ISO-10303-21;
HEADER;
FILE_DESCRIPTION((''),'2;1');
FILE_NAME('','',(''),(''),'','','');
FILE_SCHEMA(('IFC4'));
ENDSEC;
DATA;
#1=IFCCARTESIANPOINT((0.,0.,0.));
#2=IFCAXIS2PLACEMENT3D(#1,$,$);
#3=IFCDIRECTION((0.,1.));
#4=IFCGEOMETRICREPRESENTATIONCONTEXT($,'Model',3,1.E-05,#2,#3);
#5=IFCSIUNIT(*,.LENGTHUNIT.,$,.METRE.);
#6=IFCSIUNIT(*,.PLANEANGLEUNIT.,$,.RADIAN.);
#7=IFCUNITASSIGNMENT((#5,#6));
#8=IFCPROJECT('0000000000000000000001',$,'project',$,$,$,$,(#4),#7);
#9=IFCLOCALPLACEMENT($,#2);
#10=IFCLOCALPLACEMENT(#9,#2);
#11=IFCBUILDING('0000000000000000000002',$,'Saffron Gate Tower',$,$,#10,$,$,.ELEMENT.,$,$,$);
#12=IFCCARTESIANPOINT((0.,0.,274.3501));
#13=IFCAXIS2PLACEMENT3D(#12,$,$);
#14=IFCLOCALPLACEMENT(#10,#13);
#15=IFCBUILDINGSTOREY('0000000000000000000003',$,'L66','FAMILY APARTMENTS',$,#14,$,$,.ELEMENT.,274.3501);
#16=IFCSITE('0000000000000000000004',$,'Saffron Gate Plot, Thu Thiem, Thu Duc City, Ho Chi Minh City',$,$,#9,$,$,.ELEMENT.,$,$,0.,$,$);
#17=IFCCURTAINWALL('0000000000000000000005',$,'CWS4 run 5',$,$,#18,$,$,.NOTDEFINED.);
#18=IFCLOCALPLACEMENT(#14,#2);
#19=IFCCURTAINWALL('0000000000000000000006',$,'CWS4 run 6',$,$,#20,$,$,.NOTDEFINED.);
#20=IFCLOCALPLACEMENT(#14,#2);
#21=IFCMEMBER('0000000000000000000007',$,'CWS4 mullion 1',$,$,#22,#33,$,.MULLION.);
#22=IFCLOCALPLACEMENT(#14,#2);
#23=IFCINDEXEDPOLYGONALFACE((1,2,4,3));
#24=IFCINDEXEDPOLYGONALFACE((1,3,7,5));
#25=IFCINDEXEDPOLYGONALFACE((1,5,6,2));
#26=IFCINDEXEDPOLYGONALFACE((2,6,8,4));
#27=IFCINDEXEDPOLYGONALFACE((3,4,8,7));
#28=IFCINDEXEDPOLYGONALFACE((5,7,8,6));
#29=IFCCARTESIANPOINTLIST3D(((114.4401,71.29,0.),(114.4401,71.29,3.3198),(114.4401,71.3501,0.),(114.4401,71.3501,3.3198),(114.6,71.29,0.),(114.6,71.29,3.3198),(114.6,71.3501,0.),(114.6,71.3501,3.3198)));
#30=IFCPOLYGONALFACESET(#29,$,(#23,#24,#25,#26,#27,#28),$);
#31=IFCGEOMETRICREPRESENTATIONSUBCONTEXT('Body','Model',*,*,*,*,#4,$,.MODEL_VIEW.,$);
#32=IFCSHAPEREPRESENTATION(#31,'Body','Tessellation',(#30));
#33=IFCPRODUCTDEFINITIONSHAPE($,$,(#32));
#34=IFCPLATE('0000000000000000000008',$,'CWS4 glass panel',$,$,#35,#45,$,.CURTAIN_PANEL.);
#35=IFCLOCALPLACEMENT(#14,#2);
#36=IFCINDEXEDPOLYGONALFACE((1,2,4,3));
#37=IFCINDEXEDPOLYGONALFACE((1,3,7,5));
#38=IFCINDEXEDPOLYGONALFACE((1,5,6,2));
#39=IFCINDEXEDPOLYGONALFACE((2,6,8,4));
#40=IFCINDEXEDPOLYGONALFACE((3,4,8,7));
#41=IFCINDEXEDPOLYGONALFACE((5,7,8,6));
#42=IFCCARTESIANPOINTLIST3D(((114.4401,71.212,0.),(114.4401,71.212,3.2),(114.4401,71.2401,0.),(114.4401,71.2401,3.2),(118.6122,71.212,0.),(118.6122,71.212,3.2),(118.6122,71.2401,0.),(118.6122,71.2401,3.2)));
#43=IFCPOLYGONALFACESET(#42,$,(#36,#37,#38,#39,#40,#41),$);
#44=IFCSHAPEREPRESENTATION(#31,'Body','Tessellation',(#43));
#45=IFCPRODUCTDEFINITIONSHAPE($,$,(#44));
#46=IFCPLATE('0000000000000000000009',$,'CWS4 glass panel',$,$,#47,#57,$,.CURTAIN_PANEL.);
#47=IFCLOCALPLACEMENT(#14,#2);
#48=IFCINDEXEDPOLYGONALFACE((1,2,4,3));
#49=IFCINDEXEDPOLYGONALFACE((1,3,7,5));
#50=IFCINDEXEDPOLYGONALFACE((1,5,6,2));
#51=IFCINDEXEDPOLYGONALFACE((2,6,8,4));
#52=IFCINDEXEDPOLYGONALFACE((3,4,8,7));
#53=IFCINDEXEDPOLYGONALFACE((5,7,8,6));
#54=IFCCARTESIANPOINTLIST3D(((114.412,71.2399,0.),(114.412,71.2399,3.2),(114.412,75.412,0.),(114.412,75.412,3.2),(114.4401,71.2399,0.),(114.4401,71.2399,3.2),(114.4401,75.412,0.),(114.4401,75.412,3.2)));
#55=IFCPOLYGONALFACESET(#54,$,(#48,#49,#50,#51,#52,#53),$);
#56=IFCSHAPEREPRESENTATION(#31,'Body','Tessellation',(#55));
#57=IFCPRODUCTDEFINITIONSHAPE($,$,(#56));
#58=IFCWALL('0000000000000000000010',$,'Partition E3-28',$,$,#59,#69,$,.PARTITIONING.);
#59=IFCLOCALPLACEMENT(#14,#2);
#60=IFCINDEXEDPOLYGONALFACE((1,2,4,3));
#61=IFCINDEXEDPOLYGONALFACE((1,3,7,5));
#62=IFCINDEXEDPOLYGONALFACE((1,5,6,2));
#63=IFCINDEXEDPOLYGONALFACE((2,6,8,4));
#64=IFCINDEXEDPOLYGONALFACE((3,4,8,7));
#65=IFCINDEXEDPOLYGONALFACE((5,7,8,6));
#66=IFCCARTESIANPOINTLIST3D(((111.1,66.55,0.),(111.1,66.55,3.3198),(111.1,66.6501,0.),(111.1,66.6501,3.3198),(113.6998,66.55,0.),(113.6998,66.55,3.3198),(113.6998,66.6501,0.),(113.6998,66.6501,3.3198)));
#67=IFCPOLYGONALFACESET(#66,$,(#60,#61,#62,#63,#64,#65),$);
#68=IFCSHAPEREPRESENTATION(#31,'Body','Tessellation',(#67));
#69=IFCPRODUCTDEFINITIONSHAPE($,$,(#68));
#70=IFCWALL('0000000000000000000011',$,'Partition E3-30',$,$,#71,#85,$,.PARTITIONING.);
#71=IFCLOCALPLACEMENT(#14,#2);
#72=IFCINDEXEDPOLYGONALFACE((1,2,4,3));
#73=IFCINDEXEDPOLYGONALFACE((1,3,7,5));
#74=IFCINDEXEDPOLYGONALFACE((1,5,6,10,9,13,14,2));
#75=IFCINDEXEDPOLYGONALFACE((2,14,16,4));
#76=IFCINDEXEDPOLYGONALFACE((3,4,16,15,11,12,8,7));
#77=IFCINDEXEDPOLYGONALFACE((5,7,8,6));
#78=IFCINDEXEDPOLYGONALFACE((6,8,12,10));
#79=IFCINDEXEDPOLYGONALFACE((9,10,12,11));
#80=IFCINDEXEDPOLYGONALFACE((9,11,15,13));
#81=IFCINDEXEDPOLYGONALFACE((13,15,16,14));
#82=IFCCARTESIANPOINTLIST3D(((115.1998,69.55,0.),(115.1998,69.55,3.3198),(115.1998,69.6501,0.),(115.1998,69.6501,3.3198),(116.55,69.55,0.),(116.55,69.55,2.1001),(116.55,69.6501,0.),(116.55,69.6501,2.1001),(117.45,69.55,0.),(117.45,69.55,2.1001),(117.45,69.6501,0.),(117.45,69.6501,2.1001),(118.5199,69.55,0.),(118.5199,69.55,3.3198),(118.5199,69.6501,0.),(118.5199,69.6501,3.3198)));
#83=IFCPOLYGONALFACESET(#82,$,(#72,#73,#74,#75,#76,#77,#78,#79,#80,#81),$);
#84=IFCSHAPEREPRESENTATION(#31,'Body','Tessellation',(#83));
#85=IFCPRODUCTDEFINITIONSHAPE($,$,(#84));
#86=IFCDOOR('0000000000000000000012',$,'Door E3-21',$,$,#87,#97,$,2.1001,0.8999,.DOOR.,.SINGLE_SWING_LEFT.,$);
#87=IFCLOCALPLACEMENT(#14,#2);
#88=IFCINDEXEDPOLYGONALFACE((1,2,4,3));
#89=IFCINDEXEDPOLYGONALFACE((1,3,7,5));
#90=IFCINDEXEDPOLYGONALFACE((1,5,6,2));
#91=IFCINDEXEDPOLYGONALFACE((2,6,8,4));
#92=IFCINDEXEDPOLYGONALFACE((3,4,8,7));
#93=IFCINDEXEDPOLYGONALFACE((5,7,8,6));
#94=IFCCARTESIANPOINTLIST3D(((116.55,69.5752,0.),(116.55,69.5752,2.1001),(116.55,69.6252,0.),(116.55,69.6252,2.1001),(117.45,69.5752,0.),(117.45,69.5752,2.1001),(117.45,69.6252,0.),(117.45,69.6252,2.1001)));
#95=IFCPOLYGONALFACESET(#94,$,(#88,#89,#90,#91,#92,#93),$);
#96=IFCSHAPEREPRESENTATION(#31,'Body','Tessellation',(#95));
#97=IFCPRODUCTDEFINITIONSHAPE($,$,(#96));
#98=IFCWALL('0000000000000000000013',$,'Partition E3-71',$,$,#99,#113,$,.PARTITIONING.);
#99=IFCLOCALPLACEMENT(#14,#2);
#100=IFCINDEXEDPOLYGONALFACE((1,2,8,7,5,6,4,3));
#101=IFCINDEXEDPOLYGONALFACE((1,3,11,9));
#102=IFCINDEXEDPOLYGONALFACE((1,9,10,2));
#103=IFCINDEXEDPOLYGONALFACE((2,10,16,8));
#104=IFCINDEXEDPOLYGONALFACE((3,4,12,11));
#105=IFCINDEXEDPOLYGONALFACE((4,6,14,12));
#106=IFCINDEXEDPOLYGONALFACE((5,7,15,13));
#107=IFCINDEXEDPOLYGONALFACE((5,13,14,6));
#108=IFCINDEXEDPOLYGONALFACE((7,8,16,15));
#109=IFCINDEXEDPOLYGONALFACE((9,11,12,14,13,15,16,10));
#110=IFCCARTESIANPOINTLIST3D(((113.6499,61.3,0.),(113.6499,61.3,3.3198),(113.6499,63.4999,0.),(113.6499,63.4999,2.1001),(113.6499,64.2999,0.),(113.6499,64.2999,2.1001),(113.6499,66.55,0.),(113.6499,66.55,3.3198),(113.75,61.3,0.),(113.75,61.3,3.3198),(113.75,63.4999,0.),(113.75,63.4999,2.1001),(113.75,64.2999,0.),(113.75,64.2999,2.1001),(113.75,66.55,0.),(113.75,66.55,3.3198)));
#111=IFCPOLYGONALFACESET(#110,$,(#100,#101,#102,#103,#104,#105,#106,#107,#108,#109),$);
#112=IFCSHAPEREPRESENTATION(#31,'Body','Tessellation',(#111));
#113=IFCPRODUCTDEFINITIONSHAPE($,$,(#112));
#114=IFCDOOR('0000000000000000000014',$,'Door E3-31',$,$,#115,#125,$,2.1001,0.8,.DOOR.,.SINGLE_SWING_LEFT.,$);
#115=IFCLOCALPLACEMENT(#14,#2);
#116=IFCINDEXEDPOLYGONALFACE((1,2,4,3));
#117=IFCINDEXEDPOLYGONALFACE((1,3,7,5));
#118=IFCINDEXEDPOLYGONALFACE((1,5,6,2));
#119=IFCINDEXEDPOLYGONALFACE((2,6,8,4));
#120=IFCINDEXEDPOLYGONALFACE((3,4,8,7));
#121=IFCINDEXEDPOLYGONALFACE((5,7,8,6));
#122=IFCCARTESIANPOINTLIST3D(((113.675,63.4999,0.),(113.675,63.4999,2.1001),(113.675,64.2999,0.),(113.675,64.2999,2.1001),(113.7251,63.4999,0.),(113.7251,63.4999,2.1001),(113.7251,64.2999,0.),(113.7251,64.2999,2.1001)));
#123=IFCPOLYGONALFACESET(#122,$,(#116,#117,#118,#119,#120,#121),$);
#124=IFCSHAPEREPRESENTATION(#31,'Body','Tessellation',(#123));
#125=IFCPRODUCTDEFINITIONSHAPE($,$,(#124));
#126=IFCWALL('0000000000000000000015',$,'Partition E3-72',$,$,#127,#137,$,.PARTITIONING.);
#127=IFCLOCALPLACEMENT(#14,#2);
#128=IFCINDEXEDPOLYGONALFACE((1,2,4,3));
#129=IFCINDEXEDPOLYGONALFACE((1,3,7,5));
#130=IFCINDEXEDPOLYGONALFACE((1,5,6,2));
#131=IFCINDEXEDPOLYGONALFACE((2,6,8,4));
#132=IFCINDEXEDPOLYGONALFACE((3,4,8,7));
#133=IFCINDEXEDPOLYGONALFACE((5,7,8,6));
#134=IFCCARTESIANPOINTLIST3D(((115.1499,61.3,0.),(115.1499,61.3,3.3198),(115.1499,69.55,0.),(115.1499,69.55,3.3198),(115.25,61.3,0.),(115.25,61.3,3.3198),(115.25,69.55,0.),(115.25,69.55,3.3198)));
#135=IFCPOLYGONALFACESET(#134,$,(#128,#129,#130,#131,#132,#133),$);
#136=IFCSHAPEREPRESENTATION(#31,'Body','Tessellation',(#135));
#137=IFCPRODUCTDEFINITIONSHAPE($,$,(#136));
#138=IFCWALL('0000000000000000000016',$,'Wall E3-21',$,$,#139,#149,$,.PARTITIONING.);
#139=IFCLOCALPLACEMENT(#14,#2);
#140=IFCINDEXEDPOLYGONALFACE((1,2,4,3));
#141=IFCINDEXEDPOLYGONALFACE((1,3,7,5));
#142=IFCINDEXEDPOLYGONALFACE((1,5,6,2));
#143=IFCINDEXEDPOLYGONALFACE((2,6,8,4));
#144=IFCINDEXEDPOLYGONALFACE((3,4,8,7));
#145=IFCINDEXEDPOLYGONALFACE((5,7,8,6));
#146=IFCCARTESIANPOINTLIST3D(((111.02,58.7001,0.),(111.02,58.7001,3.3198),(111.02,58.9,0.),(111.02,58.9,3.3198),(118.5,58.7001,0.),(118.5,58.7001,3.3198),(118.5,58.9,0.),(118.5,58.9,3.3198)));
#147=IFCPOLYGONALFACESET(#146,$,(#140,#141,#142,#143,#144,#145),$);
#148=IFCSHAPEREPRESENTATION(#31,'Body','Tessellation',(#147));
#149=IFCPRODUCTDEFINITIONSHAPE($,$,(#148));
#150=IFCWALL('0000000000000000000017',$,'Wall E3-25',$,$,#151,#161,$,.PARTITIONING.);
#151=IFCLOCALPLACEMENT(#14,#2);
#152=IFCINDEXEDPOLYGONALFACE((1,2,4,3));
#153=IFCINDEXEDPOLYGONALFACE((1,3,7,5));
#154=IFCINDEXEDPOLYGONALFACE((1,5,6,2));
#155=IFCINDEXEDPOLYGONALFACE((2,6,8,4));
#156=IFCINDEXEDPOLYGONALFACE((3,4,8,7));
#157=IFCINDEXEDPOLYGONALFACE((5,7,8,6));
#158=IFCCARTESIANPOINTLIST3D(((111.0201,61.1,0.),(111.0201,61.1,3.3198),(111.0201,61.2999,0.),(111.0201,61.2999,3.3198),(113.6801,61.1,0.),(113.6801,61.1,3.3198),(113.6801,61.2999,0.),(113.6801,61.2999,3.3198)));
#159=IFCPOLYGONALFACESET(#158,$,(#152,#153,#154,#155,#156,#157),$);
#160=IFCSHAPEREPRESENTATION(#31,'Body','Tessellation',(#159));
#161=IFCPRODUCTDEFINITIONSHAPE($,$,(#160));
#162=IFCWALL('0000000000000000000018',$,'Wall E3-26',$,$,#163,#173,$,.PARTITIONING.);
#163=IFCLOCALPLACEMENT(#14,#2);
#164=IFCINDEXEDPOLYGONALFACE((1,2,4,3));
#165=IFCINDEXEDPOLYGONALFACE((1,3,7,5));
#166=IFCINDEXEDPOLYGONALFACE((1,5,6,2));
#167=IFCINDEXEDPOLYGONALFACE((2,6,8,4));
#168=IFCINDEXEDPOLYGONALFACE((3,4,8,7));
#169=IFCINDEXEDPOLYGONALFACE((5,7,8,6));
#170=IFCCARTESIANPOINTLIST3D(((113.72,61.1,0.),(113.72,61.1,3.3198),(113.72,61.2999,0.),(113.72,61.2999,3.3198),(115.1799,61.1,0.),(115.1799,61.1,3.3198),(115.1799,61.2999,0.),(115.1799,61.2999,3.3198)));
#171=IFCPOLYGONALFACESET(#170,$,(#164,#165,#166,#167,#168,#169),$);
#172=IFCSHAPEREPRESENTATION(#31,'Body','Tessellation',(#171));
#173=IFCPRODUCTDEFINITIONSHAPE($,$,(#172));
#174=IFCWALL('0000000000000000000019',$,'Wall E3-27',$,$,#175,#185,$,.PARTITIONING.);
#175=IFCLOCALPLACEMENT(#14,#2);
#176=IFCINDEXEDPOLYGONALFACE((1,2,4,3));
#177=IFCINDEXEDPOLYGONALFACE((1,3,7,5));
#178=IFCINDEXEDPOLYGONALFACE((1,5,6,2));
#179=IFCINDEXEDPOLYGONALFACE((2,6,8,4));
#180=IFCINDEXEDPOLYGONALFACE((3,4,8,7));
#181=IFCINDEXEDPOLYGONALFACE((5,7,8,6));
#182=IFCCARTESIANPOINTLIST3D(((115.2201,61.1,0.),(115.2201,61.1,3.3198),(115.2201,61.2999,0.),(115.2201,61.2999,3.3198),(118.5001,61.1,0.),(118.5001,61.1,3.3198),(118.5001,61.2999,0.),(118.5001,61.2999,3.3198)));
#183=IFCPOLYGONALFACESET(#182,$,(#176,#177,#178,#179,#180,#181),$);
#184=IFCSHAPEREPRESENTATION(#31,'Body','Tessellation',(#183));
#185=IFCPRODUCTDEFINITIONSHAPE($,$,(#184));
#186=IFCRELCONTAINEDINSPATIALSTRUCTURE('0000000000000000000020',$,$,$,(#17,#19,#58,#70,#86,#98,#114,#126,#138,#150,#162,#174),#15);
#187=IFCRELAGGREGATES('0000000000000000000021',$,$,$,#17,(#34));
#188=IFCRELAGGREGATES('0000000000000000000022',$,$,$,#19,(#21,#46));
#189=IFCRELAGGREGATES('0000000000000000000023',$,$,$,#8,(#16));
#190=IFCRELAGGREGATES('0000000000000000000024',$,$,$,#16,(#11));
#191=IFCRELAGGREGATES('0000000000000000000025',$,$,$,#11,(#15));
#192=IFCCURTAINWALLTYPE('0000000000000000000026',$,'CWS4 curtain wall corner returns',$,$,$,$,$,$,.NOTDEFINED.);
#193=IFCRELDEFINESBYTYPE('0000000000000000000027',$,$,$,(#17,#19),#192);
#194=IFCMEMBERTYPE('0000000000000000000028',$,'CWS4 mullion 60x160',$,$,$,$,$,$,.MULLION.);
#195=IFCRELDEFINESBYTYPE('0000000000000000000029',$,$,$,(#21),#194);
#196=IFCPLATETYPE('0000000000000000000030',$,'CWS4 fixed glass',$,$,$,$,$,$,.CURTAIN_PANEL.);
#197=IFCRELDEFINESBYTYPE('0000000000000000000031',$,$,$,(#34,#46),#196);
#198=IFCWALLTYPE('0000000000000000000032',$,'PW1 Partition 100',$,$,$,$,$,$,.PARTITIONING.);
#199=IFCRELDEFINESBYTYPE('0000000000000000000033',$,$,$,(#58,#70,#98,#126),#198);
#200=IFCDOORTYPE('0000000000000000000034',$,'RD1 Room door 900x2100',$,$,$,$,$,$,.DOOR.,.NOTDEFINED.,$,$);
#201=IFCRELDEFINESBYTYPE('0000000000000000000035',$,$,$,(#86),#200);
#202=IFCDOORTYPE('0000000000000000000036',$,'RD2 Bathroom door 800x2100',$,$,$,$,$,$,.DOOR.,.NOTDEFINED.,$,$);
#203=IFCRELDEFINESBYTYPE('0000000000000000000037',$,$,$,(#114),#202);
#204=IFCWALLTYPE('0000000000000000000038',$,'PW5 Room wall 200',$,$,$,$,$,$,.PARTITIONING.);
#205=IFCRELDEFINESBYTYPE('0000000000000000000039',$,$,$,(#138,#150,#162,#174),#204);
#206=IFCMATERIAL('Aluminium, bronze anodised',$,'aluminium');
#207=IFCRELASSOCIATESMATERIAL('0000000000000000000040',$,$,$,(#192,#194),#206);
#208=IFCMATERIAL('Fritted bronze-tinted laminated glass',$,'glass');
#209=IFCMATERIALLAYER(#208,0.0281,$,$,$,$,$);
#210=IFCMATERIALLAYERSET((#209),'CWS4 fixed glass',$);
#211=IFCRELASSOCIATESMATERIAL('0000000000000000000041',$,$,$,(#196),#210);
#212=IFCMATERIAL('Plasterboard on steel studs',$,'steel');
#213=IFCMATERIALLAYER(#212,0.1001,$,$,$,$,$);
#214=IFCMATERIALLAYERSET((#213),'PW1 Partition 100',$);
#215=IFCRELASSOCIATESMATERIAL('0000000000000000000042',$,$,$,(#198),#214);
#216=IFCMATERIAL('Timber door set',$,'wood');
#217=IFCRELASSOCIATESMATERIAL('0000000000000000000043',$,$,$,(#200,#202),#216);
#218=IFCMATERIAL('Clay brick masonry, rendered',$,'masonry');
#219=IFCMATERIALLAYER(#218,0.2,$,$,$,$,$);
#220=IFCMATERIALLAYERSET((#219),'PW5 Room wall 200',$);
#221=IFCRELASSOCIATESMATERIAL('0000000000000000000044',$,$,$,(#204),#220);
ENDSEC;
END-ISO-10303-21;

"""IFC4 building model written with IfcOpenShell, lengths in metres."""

from ifc_helpers import new_model, si_unit, direction, frame, frame_2d, origin, origin_2d, place, context, subcontext, project, spatial, rectangle, extrude, material, layer, layer_set, material_profile, profile_set, type_object, element, fill, aggregate, save


model = new_model("IFC4")

# Units and contexts
model_context = context("Model", 3, precision=1e-05, world=origin(), true_north=direction((0.0, 1.0)))
body_context = subcontext(model_context, "Body", "Model", "MODEL_VIEW")
ifc_project = project(units=[si_unit("LENGTHUNIT", "METRE"), si_unit("PLANEANGLEUNIT", "RADIAN")], contexts=[model_context])

# Site, building, storey
site_placement = place(None, origin())
site = spatial("IfcSite", under=ifc_project, at=site_placement, Name="Saffron Gate Plot, Thu Thiem, Thu Duc City, Ho Chi Minh City", CompositionType="ELEMENT", RefElevation=0.0)
building_placement = place(site_placement, origin())
building = spatial("IfcBuilding", under=site, at=building_placement, Name="Saffron Gate Tower", CompositionType="ELEMENT")
storey_placement = place(building_placement, frame((0.0, 0.0, 274.3501)))
storey = spatial("IfcBuildingStorey", under=building, at=storey_placement, Name="L66", Description="FAMILY APARTMENTS", CompositionType="ELEMENT", Elevation=274.3501)

# Curtain walls
ifc_material_1 = material(Name="Aluminium, bronze anodised", Category="aluminium")
curtain_wall_type_1 = type_object("IfcCurtainWallType", Name="CWS4 curtain wall corner returns", PredefinedType="NOTDEFINED", material=ifc_material_1)
curtain_wall_1_placement = place(storey_placement, origin())
curtain_wall_1 = element("IfcCurtainWall", 1, at=curtain_wall_1_placement, inside=storey, type_object=curtain_wall_type_1, Name="CWS4 run 5", PredefinedType="NOTDEFINED")
curtain_wall_2_placement = place(storey_placement, origin())
curtain_wall_2 = element("IfcCurtainWall", 2, at=curtain_wall_2_placement, inside=storey, type_object=curtain_wall_type_1, Name="CWS4 run 6", PredefinedType="NOTDEFINED")

# Member
ifc_material_profile_1 = material_profile(ifc_material_1, rectangle(XDim=0.1599, YDim=0.0601, at=origin_2d()))
ifc_profile_set_1 = profile_set([ifc_material_profile_1], Name="Aluminium, bronze anodised")
member_type_1 = type_object("IfcMemberType", Name="CWS4 mullion 60x160", PredefinedType="MULLION", material=ifc_profile_set_1)
member_1_placement = place(storey_placement, frame((114.52, 71.3201, 0.0), z_axis=(0.0, 0.0, 1.0), x_axis=(-1.0, 0.0, 0.0)))
member_1 = element("IfcMember", 3, at=member_1_placement, type_object=member_type_1, Name="CWS4 mullion 1", PredefinedType="MULLION", context=body_context, shape_type="SweptSolid", body=[
    extrude(rectangle(XDim=0.1599, YDim=0.0601, at=origin_2d()), origin(), (0.0, 0.0, 1.0), 3.3198),
])

# Plates
ifc_material_2 = material(Name="Fritted bronze-tinted laminated glass", Category="glass")
ifc_layer_1 = layer(ifc_material_2, 0.0281)
ifc_layer_set_1 = layer_set([ifc_layer_1], Name="CWS4 fixed glass")
plate_type = type_object("IfcPlateType", Name="CWS4 fixed glass", PredefinedType="CURTAIN_PANEL", material=ifc_layer_set_1)
plate_1_placement = place(storey_placement, frame((118.6121, 71.2261, 0.0), z_axis=(0.0, 0.0, 1.0), x_axis=(-1.0, 0.0, 0.0)))
plate_1 = element("IfcPlate", 4, at=plate_1_placement, type_object=plate_type, Name="CWS4 glass panel", PredefinedType="CURTAIN_PANEL", context=body_context, shape_type="SweptSolid", body=[
    extrude(rectangle(XDim=4.1721, YDim=0.0281, at=frame_2d((2.0859, 0.0))), origin(), (0.0, 0.0, 1.0), 3.2),
])
aggregate(curtain_wall_1, [plate_1])
plate_2_placement = place(storey_placement, frame((114.426, 71.24, 0.0), z_axis=(0.0, 0.0, 1.0), x_axis=(0.0, 1.0, 0.0)))
plate_2 = element("IfcPlate", 5, at=plate_2_placement, type_object=plate_type, Name="CWS4 glass panel", PredefinedType="CURTAIN_PANEL", context=body_context, shape_type="SweptSolid", body=[
    extrude(rectangle(XDim=4.1721, YDim=0.0281, at=frame_2d((2.0859, 0.0))), origin(), (0.0, 0.0, 1.0), 3.2),
])
aggregate(curtain_wall_2, [member_1, plate_2])

# Wall
ifc_material_3 = material(Name="Plasterboard on steel studs", Category="steel")
ifc_layer_2 = layer(ifc_material_3, 0.1001)
ifc_layer_set_2 = layer_set([ifc_layer_2], Name="PW1 Partition 100")
wall_type_1 = type_object("IfcWallType", Name="PW1 Partition 100", PredefinedType="PARTITIONING", material=ifc_layer_set_2)
wall_1_placement = place(storey_placement, frame((111.1001, 66.6001, 0.0), z_axis=(0.0, 0.0, 1.0), x_axis=(1.0, 0.0, 0.0)))
element("IfcWall", 6, at=wall_1_placement, inside=storey, type_object=wall_type_1, Name="Partition E3-28", PredefinedType="PARTITIONING", context=body_context, shape_type="SweptSolid", body=[
    extrude(rectangle(XDim=2.5999, YDim=0.1001, at=frame_2d((1.2998, 0.0))), origin(), (0.0, 0.0, 1.0), 3.3198),
])

# Walls, openings, doors
wall_2_placement = place(storey_placement, frame((118.52, 69.6001, 0.0), z_axis=(0.0, 0.0, 1.0), x_axis=(-1.0, 0.0, 0.0)))
wall_2 = element("IfcWall", 7, at=wall_2_placement, inside=storey, type_object=wall_type_1, Name="Partition E3-30", PredefinedType="PARTITIONING", context=body_context, shape_type="SweptSolid", body=[
    extrude(rectangle(XDim=3.3201, YDim=0.1001, at=frame_2d((1.6602, 0.0))), origin(), (0.0, 0.0, 1.0), 3.3198),
])
opening_1_placement = place(wall_2_placement, frame((1.0701, 0.0, 0.0)))
opening_1 = element("IfcOpeningElement", 8, at=opening_1_placement, cuts=wall_2, PredefinedType="OPENING", context=body_context, shape_type="SweptSolid", body=[
    extrude(rectangle(XDim=0.8999, YDim=2.1001, at=frame_2d((0.45, 1.05))), frame((0.0, 0.0601, 0.0), z_axis=(0.0, -1.0, 0.0), x_axis=(1.0, 0.0, 0.0)), (0.0, 0.0, 1.0), 0.1201),
])
ifc_material_4 = material(Name="Timber door set", Category="wood")
door_type_1 = type_object("IfcDoorType", Name="RD1 Room door 900x2100", OperationType="NOTDEFINED", PredefinedType="DOOR", material=ifc_material_4)
door_1_placement = place(opening_1_placement, origin())
door_1 = element("IfcDoor", 9, at=door_1_placement, inside=storey, type_object=door_type_1, Name="Door E3-21", OperationType="SINGLE_SWING_LEFT", OverallHeight=2.1001, OverallWidth=0.8999, PredefinedType="DOOR", context=body_context, shape_type="SweptSolid", body=[
    extrude(rectangle(XDim=0.8999, YDim=2.1001, at=frame_2d((0.45, 1.05))), frame((0.0, 0.0249, 0.0), z_axis=(0.0, -1.0, 0.0), x_axis=(1.0, 0.0, 0.0)), (0.0, 0.0, 1.0), 0.05),
])
fill(opening_1, door_1)
wall_3_placement = place(storey_placement, frame((113.7, 61.3, 0.0), z_axis=(0.0, 0.0, 1.0), x_axis=(0.0, 1.0, 0.0)))
wall_3 = element("IfcWall", 10, at=wall_3_placement, inside=storey, type_object=wall_type_1, Name="Partition E3-71", PredefinedType="PARTITIONING", context=body_context, shape_type="SweptSolid", body=[
    extrude(rectangle(XDim=5.25, YDim=0.1001, at=frame_2d((2.625, 0.0))), origin(), (0.0, 0.0, 1.0), 3.3198),
])
opening_2_placement = place(wall_3_placement, frame((2.2, 0.0, 0.0)))
opening_2 = element("IfcOpeningElement", 11, at=opening_2_placement, cuts=wall_3, PredefinedType="OPENING", context=body_context, shape_type="SweptSolid", body=[
    extrude(rectangle(XDim=0.8, YDim=2.1001, at=frame_2d((0.3999, 1.05))), frame((0.0, 0.0601, 0.0), z_axis=(0.0, -1.0, 0.0), x_axis=(1.0, 0.0, 0.0)), (0.0, 0.0, 1.0), 0.1201),
])
door_type_2 = type_object("IfcDoorType", Name="RD2 Bathroom door 800x2100", OperationType="NOTDEFINED", PredefinedType="DOOR", material=ifc_material_4)
door_2_placement = place(opening_2_placement, origin())
door_2 = element("IfcDoor", 12, at=door_2_placement, inside=storey, type_object=door_type_2, Name="Door E3-31", OperationType="SINGLE_SWING_LEFT", OverallHeight=2.1001, OverallWidth=0.8, PredefinedType="DOOR", context=body_context, shape_type="SweptSolid", body=[
    extrude(rectangle(XDim=0.8, YDim=2.1001, at=frame_2d((0.3999, 1.05))), frame((0.0, 0.0249, 0.0), z_axis=(0.0, -1.0, 0.0), x_axis=(1.0, 0.0, 0.0)), (0.0, 0.0, 1.0), 0.05),
])
fill(opening_2, door_2)

# Walls
wall_4_placement = place(storey_placement, frame((115.2, 69.55, 0.0), z_axis=(0.0, 0.0, 1.0), x_axis=(0.0, -1.0, 0.0)))
element("IfcWall", 13, at=wall_4_placement, inside=storey, type_object=wall_type_1, Name="Partition E3-72", PredefinedType="PARTITIONING", context=body_context, shape_type="SweptSolid", body=[
    extrude(rectangle(XDim=8.25, YDim=0.1001, at=frame_2d((4.125, 0.0))), origin(), (0.0, 0.0, 1.0), 3.3198),
])
ifc_material_5 = material(Name="Clay brick masonry, rendered", Category="masonry")
ifc_layer_3 = layer(ifc_material_5, 0.2)
ifc_layer_set_3 = layer_set([ifc_layer_3], Name="PW5 Room wall 200")
wall_type_2 = type_object("IfcWallType", Name="PW5 Room wall 200", PredefinedType="PARTITIONING", material=ifc_layer_set_3)
wall_5_placement = place(storey_placement, frame((111.02, 58.8, 0.0), z_axis=(0.0, 0.0, 1.0), x_axis=(1.0, 0.0, 0.0)))
element("IfcWall", 14, at=wall_5_placement, inside=storey, type_object=wall_type_2, Name="Wall E3-21", PredefinedType="PARTITIONING", context=body_context, shape_type="SweptSolid", body=[
    extrude(rectangle(XDim=7.48, YDim=0.2, at=frame_2d((3.74, 0.0))), origin(), (0.0, 0.0, 1.0), 3.3198),
])
wall_6_placement = place(storey_placement, frame((111.02, 61.2, 0.0), z_axis=(0.0, 0.0, 1.0), x_axis=(1.0, 0.0, 0.0)))
element("IfcWall", 15, at=wall_6_placement, inside=storey, type_object=wall_type_2, Name="Wall E3-25", PredefinedType="PARTITIONING", context=body_context, shape_type="SweptSolid", body=[
    extrude(rectangle(XDim=2.6599, YDim=0.2, at=frame_2d((1.3301, 0.0))), origin(), (0.0, 0.0, 1.0), 3.3198),
])
wall_7_placement = place(storey_placement, frame((113.72, 61.2, 0.0), z_axis=(0.0, 0.0, 1.0), x_axis=(1.0, 0.0, 0.0)))
element("IfcWall", 16, at=wall_7_placement, inside=storey, type_object=wall_type_2, Name="Wall E3-26", PredefinedType="PARTITIONING", context=body_context, shape_type="SweptSolid", body=[
    extrude(rectangle(XDim=1.46, YDim=0.2, at=frame_2d((0.73, 0.0))), origin(), (0.0, 0.0, 1.0), 3.3198),
])
wall_8_placement = place(storey_placement, frame((115.22, 61.2, 0.0), z_axis=(0.0, 0.0, 1.0), x_axis=(1.0, 0.0, 0.0)))
element("IfcWall", 17, at=wall_8_placement, inside=storey, type_object=wall_type_2, Name="Wall E3-27", PredefinedType="PARTITIONING", context=body_context, shape_type="SweptSolid", body=[
    extrude(rectangle(XDim=3.28, YDim=0.2, at=frame_2d((1.6401, 0.0))), origin(), (0.0, 0.0, 1.0), 3.3198),
])

save(model, "model.ifc")
